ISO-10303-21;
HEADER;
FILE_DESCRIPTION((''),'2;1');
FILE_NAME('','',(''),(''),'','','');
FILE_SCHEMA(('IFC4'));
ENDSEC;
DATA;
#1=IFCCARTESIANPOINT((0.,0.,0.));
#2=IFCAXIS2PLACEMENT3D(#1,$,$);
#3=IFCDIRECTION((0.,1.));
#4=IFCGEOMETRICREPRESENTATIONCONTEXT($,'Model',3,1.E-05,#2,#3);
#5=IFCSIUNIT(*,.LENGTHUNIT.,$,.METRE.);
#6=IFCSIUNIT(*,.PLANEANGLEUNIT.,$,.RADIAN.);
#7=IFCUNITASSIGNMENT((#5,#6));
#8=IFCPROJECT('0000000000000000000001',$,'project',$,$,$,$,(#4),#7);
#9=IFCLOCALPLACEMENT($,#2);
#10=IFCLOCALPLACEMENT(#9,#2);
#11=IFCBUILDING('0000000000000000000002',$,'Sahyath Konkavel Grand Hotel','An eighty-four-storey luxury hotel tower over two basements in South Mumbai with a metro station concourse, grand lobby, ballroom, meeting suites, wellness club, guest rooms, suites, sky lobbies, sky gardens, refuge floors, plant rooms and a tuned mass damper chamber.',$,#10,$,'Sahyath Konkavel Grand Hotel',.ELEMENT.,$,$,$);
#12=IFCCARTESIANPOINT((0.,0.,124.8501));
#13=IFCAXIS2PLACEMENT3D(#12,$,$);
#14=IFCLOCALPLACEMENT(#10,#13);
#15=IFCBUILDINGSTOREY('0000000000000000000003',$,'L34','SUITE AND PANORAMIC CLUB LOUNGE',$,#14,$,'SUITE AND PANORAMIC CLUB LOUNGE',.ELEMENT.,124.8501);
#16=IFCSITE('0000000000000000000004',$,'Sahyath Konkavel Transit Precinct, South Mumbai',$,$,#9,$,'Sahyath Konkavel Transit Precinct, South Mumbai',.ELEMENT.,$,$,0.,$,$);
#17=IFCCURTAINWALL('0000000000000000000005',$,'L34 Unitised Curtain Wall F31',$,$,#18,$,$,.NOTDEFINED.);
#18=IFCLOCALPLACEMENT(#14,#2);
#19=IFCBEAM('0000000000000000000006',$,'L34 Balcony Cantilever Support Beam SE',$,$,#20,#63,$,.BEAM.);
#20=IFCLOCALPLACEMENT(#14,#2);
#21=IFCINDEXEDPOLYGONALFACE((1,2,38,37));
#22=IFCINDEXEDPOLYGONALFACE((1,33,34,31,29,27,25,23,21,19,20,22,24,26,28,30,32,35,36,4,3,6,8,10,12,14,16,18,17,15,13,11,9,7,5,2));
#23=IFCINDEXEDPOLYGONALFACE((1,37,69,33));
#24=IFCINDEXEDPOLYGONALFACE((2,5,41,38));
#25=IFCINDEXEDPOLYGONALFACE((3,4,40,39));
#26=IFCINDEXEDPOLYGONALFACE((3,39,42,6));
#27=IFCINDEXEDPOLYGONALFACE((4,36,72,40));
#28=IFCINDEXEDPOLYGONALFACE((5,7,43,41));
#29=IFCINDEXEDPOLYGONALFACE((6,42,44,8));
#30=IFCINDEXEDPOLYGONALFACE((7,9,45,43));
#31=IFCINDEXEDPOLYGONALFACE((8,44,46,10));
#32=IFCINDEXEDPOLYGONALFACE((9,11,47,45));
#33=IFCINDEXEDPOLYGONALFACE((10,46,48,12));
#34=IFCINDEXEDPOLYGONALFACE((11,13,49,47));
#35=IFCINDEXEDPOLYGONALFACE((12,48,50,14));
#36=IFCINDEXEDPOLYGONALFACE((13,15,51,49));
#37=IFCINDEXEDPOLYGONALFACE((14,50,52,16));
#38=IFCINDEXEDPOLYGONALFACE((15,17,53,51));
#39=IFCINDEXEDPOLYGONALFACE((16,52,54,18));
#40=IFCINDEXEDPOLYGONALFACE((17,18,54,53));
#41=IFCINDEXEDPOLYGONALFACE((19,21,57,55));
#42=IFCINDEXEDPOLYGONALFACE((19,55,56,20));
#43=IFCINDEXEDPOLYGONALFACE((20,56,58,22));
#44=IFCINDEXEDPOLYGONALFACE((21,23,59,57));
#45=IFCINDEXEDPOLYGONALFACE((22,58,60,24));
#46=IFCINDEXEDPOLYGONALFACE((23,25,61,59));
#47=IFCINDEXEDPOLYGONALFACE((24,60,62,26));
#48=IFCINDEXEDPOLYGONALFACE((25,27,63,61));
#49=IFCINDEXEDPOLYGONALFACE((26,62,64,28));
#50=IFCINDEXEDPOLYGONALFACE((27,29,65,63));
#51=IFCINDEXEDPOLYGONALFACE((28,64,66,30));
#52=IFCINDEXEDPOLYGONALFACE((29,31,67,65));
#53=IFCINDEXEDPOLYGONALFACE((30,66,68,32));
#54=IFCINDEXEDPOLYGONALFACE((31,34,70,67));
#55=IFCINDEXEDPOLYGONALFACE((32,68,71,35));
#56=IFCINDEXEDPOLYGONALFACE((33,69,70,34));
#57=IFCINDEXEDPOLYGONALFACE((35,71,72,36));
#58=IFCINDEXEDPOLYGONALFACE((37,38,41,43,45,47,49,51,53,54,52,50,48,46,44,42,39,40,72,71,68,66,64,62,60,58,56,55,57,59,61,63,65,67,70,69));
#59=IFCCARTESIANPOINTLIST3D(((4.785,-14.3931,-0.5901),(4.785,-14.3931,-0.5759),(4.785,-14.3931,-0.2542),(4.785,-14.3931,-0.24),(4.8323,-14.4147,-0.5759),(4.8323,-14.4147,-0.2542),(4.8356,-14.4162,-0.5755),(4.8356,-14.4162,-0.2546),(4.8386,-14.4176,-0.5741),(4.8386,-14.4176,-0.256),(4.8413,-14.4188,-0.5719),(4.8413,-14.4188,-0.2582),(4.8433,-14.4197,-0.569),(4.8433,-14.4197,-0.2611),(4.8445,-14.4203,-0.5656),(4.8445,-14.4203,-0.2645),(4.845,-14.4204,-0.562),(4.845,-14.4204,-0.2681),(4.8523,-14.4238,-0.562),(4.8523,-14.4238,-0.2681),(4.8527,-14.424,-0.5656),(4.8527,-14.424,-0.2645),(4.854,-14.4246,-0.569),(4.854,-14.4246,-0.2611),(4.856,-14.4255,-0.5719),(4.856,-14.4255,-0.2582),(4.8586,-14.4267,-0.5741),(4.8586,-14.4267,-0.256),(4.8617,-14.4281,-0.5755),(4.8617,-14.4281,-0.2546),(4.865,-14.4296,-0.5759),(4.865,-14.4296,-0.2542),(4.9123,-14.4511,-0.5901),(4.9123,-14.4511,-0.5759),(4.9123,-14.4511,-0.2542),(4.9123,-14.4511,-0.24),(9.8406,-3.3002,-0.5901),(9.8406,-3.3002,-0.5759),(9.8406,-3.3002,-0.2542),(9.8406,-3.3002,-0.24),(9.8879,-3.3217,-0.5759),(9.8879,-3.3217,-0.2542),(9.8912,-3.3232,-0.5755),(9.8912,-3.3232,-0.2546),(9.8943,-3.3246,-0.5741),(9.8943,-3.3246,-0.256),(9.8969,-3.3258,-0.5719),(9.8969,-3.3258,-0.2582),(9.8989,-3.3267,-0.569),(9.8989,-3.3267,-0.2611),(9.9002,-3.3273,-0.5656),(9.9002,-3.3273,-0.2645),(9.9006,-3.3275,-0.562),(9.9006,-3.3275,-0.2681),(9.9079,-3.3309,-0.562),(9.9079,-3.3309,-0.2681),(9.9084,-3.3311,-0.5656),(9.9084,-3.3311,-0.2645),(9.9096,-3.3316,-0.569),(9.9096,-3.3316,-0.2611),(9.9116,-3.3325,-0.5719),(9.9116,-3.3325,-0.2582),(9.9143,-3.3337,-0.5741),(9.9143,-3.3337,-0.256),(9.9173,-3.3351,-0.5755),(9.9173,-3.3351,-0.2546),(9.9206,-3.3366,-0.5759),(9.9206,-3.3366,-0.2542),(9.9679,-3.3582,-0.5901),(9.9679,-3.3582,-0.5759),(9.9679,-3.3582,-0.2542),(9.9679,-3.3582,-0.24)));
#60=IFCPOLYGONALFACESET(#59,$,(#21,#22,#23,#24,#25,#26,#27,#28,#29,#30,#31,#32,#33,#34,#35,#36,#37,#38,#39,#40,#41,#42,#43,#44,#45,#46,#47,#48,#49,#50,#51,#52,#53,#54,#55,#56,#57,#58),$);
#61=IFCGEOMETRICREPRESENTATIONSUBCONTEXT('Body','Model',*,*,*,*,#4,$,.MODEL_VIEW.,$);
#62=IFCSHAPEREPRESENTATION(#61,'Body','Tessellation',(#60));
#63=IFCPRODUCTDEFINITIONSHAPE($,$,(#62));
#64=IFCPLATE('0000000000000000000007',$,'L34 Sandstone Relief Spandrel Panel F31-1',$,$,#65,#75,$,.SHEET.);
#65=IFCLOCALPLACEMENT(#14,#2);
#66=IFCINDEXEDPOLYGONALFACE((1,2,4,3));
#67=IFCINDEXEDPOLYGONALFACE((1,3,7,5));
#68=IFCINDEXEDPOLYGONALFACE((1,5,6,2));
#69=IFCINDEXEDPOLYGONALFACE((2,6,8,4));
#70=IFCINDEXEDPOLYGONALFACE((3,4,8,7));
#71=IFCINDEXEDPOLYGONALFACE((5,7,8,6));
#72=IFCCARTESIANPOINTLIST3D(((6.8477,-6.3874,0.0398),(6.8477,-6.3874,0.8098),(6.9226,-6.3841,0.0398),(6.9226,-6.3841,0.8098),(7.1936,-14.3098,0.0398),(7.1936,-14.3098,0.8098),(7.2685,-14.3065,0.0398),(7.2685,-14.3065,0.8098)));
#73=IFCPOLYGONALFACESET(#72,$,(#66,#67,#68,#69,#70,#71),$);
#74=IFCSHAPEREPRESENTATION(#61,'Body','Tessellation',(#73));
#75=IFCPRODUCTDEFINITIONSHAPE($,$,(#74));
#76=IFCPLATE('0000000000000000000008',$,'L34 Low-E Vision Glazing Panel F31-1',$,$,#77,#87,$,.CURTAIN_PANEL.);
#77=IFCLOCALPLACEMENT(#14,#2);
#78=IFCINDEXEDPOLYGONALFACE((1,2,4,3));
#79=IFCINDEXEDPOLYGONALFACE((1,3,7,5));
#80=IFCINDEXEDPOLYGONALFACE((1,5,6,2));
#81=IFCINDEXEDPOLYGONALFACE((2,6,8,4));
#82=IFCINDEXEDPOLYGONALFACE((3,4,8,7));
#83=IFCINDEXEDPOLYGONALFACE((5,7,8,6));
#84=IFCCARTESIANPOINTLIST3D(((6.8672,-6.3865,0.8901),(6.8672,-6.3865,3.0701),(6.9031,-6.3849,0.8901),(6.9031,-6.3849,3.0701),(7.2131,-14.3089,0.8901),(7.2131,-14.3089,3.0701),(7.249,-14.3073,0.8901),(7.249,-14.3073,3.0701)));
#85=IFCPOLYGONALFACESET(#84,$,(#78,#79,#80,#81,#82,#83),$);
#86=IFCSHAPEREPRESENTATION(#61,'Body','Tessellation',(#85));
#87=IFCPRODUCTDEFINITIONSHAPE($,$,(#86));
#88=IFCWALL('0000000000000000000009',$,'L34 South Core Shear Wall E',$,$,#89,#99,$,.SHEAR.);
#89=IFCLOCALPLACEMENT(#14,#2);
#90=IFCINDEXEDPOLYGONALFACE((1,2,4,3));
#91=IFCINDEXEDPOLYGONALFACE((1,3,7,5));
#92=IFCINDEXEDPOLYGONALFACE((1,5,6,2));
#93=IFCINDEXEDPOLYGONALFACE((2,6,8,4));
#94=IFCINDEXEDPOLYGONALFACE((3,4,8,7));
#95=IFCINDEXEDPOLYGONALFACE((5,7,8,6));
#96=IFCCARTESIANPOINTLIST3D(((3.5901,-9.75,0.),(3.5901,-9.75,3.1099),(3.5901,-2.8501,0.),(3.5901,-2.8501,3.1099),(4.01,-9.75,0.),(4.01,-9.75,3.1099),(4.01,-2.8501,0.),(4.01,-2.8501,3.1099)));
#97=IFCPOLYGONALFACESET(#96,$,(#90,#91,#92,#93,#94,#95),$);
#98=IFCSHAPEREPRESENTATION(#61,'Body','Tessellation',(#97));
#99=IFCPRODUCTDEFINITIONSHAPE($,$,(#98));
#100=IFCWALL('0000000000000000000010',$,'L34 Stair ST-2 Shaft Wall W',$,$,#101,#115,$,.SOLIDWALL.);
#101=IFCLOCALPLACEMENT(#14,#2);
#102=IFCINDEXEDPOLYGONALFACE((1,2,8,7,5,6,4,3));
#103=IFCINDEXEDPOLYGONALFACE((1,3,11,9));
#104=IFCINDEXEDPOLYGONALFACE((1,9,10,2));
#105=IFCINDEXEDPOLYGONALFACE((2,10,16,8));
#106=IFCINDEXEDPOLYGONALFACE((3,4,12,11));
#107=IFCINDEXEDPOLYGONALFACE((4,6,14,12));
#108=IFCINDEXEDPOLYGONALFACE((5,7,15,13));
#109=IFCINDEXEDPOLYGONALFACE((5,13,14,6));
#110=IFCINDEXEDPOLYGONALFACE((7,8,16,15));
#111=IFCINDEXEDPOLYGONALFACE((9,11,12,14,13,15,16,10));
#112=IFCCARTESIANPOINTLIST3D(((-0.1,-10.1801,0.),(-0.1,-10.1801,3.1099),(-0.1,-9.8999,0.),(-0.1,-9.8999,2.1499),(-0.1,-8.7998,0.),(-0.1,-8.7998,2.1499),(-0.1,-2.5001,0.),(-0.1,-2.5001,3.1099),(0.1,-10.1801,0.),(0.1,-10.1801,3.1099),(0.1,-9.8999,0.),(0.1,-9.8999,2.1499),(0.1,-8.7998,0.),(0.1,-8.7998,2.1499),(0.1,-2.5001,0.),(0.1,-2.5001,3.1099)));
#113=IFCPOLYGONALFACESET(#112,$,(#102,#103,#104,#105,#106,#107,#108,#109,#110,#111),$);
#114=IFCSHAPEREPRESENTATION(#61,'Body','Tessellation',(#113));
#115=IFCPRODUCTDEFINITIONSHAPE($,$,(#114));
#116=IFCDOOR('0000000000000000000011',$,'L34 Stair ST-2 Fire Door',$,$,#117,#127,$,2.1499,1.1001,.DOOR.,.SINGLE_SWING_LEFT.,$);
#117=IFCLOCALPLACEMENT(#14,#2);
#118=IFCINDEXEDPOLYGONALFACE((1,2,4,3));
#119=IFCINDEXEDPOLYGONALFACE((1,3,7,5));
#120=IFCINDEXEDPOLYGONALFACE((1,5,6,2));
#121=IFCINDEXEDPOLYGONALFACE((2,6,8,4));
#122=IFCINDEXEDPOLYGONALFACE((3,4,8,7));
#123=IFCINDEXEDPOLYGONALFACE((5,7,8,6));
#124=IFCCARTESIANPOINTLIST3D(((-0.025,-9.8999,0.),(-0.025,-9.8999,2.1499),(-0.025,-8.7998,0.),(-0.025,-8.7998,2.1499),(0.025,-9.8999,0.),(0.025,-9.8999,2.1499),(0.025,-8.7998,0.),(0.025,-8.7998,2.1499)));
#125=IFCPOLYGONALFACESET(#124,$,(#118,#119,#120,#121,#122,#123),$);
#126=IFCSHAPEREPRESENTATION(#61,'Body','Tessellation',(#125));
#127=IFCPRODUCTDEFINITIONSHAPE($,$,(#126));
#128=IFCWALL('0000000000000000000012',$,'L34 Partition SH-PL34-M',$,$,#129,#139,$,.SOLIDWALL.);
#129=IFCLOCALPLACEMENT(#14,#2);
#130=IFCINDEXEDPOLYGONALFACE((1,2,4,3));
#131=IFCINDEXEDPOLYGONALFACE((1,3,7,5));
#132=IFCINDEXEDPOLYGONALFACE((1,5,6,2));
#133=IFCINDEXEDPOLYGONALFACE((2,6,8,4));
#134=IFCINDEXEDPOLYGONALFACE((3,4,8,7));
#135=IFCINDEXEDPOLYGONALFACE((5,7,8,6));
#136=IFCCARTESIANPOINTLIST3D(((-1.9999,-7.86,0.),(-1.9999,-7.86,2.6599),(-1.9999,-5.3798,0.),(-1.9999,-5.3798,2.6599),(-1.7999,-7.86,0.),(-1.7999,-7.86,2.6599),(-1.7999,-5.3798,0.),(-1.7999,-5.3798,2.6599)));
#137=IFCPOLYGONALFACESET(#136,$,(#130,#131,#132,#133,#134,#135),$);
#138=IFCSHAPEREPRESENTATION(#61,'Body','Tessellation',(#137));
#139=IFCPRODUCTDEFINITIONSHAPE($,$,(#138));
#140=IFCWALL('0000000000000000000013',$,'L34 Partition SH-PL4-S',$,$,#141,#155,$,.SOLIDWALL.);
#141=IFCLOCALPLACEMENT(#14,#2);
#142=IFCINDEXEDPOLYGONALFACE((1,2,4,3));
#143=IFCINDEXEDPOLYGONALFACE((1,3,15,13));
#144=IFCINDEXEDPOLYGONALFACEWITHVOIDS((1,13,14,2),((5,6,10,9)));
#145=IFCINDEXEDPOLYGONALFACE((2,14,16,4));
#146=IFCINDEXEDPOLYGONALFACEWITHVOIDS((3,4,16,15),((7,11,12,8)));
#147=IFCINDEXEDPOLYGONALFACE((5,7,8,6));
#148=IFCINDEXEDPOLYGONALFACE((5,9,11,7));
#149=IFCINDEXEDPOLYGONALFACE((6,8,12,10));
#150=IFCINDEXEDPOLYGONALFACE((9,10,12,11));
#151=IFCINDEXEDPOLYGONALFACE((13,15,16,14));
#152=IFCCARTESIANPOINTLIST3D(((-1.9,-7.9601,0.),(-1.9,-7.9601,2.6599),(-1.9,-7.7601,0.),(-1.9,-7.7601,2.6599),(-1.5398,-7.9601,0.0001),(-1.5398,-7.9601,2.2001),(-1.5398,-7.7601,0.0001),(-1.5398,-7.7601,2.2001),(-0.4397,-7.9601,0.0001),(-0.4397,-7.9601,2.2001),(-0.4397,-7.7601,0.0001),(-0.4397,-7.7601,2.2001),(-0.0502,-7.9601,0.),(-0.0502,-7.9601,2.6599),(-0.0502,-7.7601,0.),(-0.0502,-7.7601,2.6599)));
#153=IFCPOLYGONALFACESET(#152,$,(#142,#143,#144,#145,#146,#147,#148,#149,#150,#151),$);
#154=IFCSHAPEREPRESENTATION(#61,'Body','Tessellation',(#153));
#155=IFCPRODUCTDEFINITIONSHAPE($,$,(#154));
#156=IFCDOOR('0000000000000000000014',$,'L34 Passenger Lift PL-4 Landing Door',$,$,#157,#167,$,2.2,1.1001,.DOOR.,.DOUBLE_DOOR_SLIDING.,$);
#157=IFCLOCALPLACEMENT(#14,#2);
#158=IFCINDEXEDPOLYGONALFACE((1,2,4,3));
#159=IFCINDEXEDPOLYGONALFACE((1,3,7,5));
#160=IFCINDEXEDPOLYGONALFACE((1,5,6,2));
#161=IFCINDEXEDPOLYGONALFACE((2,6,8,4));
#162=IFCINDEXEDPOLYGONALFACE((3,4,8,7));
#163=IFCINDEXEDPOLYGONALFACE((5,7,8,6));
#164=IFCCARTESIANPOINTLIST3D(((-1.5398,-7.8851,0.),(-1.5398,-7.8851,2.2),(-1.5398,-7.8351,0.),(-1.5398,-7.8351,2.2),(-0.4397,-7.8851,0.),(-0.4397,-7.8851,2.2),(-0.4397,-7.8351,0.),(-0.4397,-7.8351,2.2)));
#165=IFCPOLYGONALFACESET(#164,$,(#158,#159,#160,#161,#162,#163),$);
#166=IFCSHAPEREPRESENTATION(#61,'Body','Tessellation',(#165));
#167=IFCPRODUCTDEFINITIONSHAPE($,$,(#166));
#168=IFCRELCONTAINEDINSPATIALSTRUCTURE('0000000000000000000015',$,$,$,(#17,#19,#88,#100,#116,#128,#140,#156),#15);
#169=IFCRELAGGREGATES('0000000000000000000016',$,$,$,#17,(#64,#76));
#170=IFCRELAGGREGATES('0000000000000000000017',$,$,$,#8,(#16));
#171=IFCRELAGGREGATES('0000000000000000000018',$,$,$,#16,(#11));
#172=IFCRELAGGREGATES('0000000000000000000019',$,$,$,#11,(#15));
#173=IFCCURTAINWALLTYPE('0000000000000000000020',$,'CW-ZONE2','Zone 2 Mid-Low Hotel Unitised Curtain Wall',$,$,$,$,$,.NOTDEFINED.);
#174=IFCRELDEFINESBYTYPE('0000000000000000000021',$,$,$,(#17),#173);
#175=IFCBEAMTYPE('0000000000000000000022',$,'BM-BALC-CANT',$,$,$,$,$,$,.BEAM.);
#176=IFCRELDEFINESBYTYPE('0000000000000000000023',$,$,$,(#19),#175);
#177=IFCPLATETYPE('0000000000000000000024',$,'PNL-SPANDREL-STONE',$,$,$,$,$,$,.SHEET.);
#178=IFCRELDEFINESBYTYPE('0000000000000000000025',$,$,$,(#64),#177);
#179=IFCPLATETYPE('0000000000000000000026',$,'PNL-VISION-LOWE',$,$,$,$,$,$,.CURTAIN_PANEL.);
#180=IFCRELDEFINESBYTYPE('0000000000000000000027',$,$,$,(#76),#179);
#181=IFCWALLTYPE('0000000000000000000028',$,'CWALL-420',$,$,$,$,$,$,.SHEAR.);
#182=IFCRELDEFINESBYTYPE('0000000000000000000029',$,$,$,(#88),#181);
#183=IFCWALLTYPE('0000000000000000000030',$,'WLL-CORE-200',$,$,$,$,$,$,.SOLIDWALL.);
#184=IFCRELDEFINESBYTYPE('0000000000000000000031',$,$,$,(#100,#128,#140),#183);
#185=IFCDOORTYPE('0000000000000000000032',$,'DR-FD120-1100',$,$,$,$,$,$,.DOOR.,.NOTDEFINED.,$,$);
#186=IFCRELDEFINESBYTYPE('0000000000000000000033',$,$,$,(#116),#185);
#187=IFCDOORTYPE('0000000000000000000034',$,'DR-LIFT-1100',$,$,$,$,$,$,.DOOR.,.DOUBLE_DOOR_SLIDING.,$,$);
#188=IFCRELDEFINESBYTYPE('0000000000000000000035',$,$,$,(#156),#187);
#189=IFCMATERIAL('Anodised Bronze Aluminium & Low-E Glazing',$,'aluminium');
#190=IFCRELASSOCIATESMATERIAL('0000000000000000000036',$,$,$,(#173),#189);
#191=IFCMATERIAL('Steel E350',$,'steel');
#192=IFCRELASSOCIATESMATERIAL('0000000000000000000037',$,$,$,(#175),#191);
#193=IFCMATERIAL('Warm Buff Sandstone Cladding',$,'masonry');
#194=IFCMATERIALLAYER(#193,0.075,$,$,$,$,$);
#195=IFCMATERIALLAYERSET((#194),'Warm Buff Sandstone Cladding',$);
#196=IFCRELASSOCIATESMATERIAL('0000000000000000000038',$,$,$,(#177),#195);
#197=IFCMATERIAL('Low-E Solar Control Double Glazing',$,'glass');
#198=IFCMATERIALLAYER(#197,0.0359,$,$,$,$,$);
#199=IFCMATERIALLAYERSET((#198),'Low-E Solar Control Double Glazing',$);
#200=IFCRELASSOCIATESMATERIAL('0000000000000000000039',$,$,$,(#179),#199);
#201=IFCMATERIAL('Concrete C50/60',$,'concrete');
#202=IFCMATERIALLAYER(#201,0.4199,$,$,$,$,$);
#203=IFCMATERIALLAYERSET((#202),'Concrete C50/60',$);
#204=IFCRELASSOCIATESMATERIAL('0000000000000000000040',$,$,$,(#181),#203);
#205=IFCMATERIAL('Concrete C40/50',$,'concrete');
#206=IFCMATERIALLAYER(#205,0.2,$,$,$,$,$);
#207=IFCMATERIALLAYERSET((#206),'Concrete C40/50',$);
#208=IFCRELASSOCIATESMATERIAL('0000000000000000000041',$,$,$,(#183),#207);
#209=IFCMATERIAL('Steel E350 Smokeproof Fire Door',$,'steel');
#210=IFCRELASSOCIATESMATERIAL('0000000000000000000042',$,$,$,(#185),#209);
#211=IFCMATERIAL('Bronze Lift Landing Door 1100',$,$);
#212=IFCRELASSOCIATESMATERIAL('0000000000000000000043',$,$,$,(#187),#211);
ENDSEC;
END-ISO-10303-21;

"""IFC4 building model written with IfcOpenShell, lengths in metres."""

from ifc_helpers import new_model, si_unit, direction, frame, frame_2d, origin, origin_2d, place, context, subcontext, project, spatial, rectangle, i_section, extrude, source, transform, mapped, material, layer, layer_set, material_profile, profile_set, type_object, element, fill, aggregate, save


model = new_model("IFC4")

# Units and contexts
model_context = context("Model", 3, precision=1e-05, world=origin(), true_north=direction((0.0, 1.0)))
body_context = subcontext(model_context, "Body", "Model", "MODEL_VIEW")
ifc_project = project(units=[si_unit("LENGTHUNIT", "METRE"), si_unit("PLANEANGLEUNIT", "RADIAN")], contexts=[model_context])

# Site, building, storey
site_placement = place(None, origin())
site = spatial("IfcSite", under=ifc_project, at=site_placement, Name="Sahyath Konkavel Transit Precinct, South Mumbai", LongName="Sahyath Konkavel Transit Precinct, South Mumbai", CompositionType="ELEMENT", RefElevation=0.0)
building_placement = place(site_placement, origin())
building = spatial("IfcBuilding", under=site, at=building_placement, Name="Sahyath Konkavel Grand Hotel", Description="An eighty-four-storey luxury hotel tower over two basements in South Mumbai with a metro station concourse, grand lobby, ballroom, meeting suites, wellness club, guest rooms, suites, sky lobbies, sky gardens, refuge floors, plant rooms and a tuned mass damper chamber.", LongName="Sahyath Konkavel Grand Hotel", CompositionType="ELEMENT")
storey_placement = place(building_placement, frame((0.0, 0.0, 124.8501)))
storey = spatial("IfcBuildingStorey", under=building, at=storey_placement, Name="L34", Description="SUITE AND PANORAMIC CLUB LOUNGE", LongName="SUITE AND PANORAMIC CLUB LOUNGE", CompositionType="ELEMENT", Elevation=124.8501)

# Shared definitions
ifc_material_1 = material(Name="Steel E350", Category="steel")

# Curtain wall
ifc_material_2 = material(Name="Anodised Bronze Aluminium & Low-E Glazing", Category="aluminium")
curtain_wall_type = type_object("IfcCurtainWallType", Name="CW-ZONE2", Description="Zone 2 Mid-Low Hotel Unitised Curtain Wall", PredefinedType="NOTDEFINED", material=ifc_material_2)
curtain_wall_placement = place(storey_placement, origin())
curtain_wall = element("IfcCurtainWall", 1, at=curtain_wall_placement, inside=storey, type_object=curtain_wall_type, Name="L34 Unitised Curtain Wall F31", PredefinedType="NOTDEFINED")

# Beam
ifc_material_profile_1 = material_profile(ifc_material_1, i_section(OverallWidth=0.1399, OverallDepth=0.3501, WebThickness=0.0081, FlangeThickness=0.0142, FilletRadius=0.0139, at=origin_2d()), Name="ISMB 350")
ifc_profile_set_1 = profile_set([ifc_material_profile_1], Name="Steel E350")
beam_type_1 = type_object("IfcBeamType", Name="BM-BALC-CANT", PredefinedType="BEAM", material=ifc_profile_set_1)
shared_shape_1 = source(origin(), body_context, "Body", "SweptSolid", [
    extrude(i_section(OverallWidth=0.1399, OverallDepth=0.3501, WebThickness=0.0081, FlangeThickness=0.0142, FilletRadius=0.0139, at=origin_2d()), origin(), (0.0, 0.0, 1.0), 12.1907),
])
beam_1_placement = place(storey_placement, frame((4.8486, -14.4221, -0.415), z_axis=(0.414713, 0.909952, 0.0), x_axis=(-0.909952, 0.414713, 0.0)))
element("IfcBeam", 2, at=beam_1_placement, inside=storey, type_object=beam_type_1, Name="L34 Balcony Cantilever Support Beam SE", PredefinedType="BEAM", context=body_context, shape_type="MappedRepresentation", body=[
    mapped(shared_shape_1, transform((0.0, 0.0, 0.0), scale=1.0)),
])

# Plates
ifc_material_3 = material(Name="Warm Buff Sandstone Cladding", Category="masonry")
ifc_layer_1 = layer(ifc_material_3, 0.075)
ifc_layer_set_1 = layer_set([ifc_layer_1], Name="Warm Buff Sandstone Cladding")
plate_type_1 = type_object("IfcPlateType", Name="PNL-SPANDREL-STONE", PredefinedType="SHEET", material=ifc_layer_set_1)
shared_shape_2 = source(origin(), body_context, "Body", "SweptSolid", [
    extrude(rectangle(XDim=7.9299, YDim=0.075, at=origin_2d()), origin(), (0.0, 0.0, 1.0), 0.77),
])
plate_1_placement = place(storey_placement, frame((7.0581, -10.3469, 0.0398), z_axis=(0.0, 0.0, 1.0), x_axis=(-0.043619, 0.999048, 0.0)))
plate_1 = element("IfcPlate", 3, at=plate_1_placement, type_object=plate_type_1, Name="L34 Sandstone Relief Spandrel Panel F31-1", PredefinedType="SHEET", context=body_context, shape_type="MappedRepresentation", body=[
    mapped(shared_shape_2, transform((0.0, 0.0, 0.0), scale=1.0)),
])
ifc_material_4 = material(Name="Low-E Solar Control Double Glazing", Category="glass")
ifc_layer_2 = layer(ifc_material_4, 0.0359)
ifc_layer_set_2 = layer_set([ifc_layer_2], Name="Low-E Solar Control Double Glazing")
plate_type_2 = type_object("IfcPlateType", Name="PNL-VISION-LOWE", PredefinedType="CURTAIN_PANEL", material=ifc_layer_set_2)
shared_shape_3 = source(origin(), body_context, "Body", "SweptSolid", [
    extrude(rectangle(XDim=7.9299, YDim=0.0359, at=origin_2d()), origin(), (0.0, 0.0, 1.0), 2.1799),
])
plate_2_placement = place(storey_placement, frame((7.0581, -10.3469, 0.8901), z_axis=(0.0, 0.0, 1.0), x_axis=(-0.043619, 0.999048, 0.0)))
plate_2 = element("IfcPlate", 4, at=plate_2_placement, type_object=plate_type_2, Name="L34 Low-E Vision Glazing Panel F31-1", PredefinedType="CURTAIN_PANEL", context=body_context, shape_type="MappedRepresentation", body=[
    mapped(shared_shape_3, transform((0.0, 0.0, 0.0), scale=1.0)),
])
aggregate(curtain_wall, [plate_1, plate_2])

# Wall
ifc_material_5 = material(Name="Concrete C50/60", Category="concrete")
ifc_layer_3 = layer(ifc_material_5, 0.4199)
ifc_layer_set_3 = layer_set([ifc_layer_3], Name="Concrete C50/60")
wall_type_1 = type_object("IfcWallType", Name="CWALL-420", PredefinedType="SHEAR", material=ifc_layer_set_3)
wall_1_placement = place(storey_placement, frame((3.8, -9.75, 0.0), z_axis=(0.0, 0.0, 1.0), x_axis=(0.0, 1.0, 0.0)))
element("IfcWall", 5, at=wall_1_placement, inside=storey, type_object=wall_type_1, Name="L34 South Core Shear Wall E", PredefinedType="SHEAR", context=body_context, shape_type="SweptSolid", body=[
    extrude(rectangle(XDim=6.8999, YDim=0.4199, at=frame_2d((3.45, 0.0))), origin(), (0.0, 0.0, 1.0), 3.1099),
])

# Wall, opening, door
ifc_material_6 = material(Name="Concrete C40/50", Category="concrete")
ifc_layer_4 = layer(ifc_material_6, 0.2)
ifc_layer_set_4 = layer_set([ifc_layer_4], Name="Concrete C40/50")
wall_type_2 = type_object("IfcWallType", Name="WLL-CORE-200", PredefinedType="SOLIDWALL", material=ifc_layer_set_4)
wall_2_placement = place(storey_placement, frame((0.0, -10.1799, 0.0), z_axis=(0.0, 0.0, 1.0), x_axis=(0.0, 1.0, 0.0)))
wall_2 = element("IfcWall", 6, at=wall_2_placement, inside=storey, type_object=wall_type_2, Name="L34 Stair ST-2 Shaft Wall W", PredefinedType="SOLIDWALL", context=body_context, shape_type="SweptSolid", body=[
    extrude(rectangle(XDim=7.6799, YDim=0.2, at=frame_2d((3.8398, 0.0))), origin(), (0.0, 0.0, 1.0), 3.1099),
])
opening_1_placement = place(wall_2_placement, frame((0.28, 0.0, 0.0)))
opening_1 = element("IfcOpeningElement", 7, at=opening_1_placement, cuts=wall_2, PredefinedType="OPENING", context=body_context, shape_type="SweptSolid", body=[
    extrude(rectangle(XDim=1.1001, YDim=2.1499, at=frame_2d((0.55, 1.075))), frame((0.0, 0.1099, 0.0), z_axis=(0.0, -1.0, 0.0), x_axis=(1.0, 0.0, 0.0)), (0.0, 0.0, 1.0), 0.22),
])
ifc_material_7 = material(Name="Steel E350 Smokeproof Fire Door", Category="steel")
door_type_1 = type_object("IfcDoorType", Name="DR-FD120-1100", OperationType="NOTDEFINED", PredefinedType="DOOR", material=ifc_material_7)
shared_shape_4 = source(origin(), body_context, "Body", "SweptSolid", [
    extrude(rectangle(XDim=1.1001, YDim=0.05, at=origin_2d()), origin(), (0.0, 0.0, 1.0), 2.1499),
])
door_1_placement = place(opening_1_placement, frame((0.55, 0.0, 0.0)))
door_1 = element("IfcDoor", 8, at=door_1_placement, inside=storey, type_object=door_type_1, Name="L34 Stair ST-2 Fire Door", OperationType="SINGLE_SWING_LEFT", OverallHeight=2.1499, OverallWidth=1.1001, PredefinedType="DOOR", context=body_context, shape_type="MappedRepresentation", body=[
    mapped(shared_shape_4, transform((0.0, 0.0, 0.0), scale=1.0)),
])
fill(opening_1, door_1)

# Wall
wall_3_placement = place(storey_placement, frame((-1.8999, -7.8601, 0.0), z_axis=(0.0, 0.0, 1.0), x_axis=(0.0, 1.0, 0.0)))
element("IfcWall", 9, at=wall_3_placement, inside=storey, type_object=wall_type_2, Name="L34 Partition SH-PL34-M", PredefinedType="SOLIDWALL", context=body_context, shape_type="SweptSolid", body=[
    extrude(rectangle(XDim=2.4802, YDim=0.2, at=frame_2d((1.2402, 0.0))), origin(), (0.0, 0.0, 1.0), 2.6599),
])

# Wall, opening, door
wall_4_placement = place(storey_placement, frame((-1.8999, -7.8601, 0.0), z_axis=(0.0, 0.0, 1.0), x_axis=(1.0, 0.0, 0.0)))
wall_4 = element("IfcWall", 10, at=wall_4_placement, inside=storey, type_object=wall_type_2, Name="L34 Partition SH-PL4-S", PredefinedType="SOLIDWALL", context=body_context, shape_type="SweptSolid", body=[
    extrude(rectangle(XDim=1.8499, YDim=0.2, at=frame_2d((0.9248, 0.0))), origin(), (0.0, 0.0, 1.0), 2.6599),
])
opening_2_placement = place(wall_4_placement, frame((0.3601, 0.0, 0.0)))
opening_2 = element("IfcOpeningElement", 11, at=opening_2_placement, cuts=wall_4, PredefinedType="OPENING", context=body_context, shape_type="SweptSolid", body=[
    extrude(rectangle(XDim=1.1001, YDim=2.2, at=frame_2d((0.55, 1.1001))), frame((0.0, 0.1099, 0.0), z_axis=(0.0, -1.0, 0.0), x_axis=(1.0, 0.0, 0.0)), (0.0, 0.0, 1.0), 0.22),
])
ifc_material_8 = material(Name="Bronze Lift Landing Door 1100")
door_type_2 = type_object("IfcDoorType", Name="DR-LIFT-1100", OperationType="DOUBLE_DOOR_SLIDING", PredefinedType="DOOR", material=ifc_material_8)
shared_shape_5 = source(origin(), body_context, "Body", "SweptSolid", [
    extrude(rectangle(XDim=1.1001, YDim=0.05, at=origin_2d()), origin(), (0.0, 0.0, 1.0), 2.2),
])
door_2_placement = place(opening_2_placement, frame((0.55, 0.0, 0.0)))
door_2 = element("IfcDoor", 12, at=door_2_placement, inside=storey, type_object=door_type_2, Name="L34 Passenger Lift PL-4 Landing Door", OperationType="DOUBLE_DOOR_SLIDING", OverallHeight=2.2, OverallWidth=1.1001, PredefinedType="DOOR", context=body_context, shape_type="MappedRepresentation", body=[
    mapped(shared_shape_5, transform((0.0, 0.0, 0.0), scale=1.0)),
])
fill(opening_2, door_2)

save(model, "model.ifc")
